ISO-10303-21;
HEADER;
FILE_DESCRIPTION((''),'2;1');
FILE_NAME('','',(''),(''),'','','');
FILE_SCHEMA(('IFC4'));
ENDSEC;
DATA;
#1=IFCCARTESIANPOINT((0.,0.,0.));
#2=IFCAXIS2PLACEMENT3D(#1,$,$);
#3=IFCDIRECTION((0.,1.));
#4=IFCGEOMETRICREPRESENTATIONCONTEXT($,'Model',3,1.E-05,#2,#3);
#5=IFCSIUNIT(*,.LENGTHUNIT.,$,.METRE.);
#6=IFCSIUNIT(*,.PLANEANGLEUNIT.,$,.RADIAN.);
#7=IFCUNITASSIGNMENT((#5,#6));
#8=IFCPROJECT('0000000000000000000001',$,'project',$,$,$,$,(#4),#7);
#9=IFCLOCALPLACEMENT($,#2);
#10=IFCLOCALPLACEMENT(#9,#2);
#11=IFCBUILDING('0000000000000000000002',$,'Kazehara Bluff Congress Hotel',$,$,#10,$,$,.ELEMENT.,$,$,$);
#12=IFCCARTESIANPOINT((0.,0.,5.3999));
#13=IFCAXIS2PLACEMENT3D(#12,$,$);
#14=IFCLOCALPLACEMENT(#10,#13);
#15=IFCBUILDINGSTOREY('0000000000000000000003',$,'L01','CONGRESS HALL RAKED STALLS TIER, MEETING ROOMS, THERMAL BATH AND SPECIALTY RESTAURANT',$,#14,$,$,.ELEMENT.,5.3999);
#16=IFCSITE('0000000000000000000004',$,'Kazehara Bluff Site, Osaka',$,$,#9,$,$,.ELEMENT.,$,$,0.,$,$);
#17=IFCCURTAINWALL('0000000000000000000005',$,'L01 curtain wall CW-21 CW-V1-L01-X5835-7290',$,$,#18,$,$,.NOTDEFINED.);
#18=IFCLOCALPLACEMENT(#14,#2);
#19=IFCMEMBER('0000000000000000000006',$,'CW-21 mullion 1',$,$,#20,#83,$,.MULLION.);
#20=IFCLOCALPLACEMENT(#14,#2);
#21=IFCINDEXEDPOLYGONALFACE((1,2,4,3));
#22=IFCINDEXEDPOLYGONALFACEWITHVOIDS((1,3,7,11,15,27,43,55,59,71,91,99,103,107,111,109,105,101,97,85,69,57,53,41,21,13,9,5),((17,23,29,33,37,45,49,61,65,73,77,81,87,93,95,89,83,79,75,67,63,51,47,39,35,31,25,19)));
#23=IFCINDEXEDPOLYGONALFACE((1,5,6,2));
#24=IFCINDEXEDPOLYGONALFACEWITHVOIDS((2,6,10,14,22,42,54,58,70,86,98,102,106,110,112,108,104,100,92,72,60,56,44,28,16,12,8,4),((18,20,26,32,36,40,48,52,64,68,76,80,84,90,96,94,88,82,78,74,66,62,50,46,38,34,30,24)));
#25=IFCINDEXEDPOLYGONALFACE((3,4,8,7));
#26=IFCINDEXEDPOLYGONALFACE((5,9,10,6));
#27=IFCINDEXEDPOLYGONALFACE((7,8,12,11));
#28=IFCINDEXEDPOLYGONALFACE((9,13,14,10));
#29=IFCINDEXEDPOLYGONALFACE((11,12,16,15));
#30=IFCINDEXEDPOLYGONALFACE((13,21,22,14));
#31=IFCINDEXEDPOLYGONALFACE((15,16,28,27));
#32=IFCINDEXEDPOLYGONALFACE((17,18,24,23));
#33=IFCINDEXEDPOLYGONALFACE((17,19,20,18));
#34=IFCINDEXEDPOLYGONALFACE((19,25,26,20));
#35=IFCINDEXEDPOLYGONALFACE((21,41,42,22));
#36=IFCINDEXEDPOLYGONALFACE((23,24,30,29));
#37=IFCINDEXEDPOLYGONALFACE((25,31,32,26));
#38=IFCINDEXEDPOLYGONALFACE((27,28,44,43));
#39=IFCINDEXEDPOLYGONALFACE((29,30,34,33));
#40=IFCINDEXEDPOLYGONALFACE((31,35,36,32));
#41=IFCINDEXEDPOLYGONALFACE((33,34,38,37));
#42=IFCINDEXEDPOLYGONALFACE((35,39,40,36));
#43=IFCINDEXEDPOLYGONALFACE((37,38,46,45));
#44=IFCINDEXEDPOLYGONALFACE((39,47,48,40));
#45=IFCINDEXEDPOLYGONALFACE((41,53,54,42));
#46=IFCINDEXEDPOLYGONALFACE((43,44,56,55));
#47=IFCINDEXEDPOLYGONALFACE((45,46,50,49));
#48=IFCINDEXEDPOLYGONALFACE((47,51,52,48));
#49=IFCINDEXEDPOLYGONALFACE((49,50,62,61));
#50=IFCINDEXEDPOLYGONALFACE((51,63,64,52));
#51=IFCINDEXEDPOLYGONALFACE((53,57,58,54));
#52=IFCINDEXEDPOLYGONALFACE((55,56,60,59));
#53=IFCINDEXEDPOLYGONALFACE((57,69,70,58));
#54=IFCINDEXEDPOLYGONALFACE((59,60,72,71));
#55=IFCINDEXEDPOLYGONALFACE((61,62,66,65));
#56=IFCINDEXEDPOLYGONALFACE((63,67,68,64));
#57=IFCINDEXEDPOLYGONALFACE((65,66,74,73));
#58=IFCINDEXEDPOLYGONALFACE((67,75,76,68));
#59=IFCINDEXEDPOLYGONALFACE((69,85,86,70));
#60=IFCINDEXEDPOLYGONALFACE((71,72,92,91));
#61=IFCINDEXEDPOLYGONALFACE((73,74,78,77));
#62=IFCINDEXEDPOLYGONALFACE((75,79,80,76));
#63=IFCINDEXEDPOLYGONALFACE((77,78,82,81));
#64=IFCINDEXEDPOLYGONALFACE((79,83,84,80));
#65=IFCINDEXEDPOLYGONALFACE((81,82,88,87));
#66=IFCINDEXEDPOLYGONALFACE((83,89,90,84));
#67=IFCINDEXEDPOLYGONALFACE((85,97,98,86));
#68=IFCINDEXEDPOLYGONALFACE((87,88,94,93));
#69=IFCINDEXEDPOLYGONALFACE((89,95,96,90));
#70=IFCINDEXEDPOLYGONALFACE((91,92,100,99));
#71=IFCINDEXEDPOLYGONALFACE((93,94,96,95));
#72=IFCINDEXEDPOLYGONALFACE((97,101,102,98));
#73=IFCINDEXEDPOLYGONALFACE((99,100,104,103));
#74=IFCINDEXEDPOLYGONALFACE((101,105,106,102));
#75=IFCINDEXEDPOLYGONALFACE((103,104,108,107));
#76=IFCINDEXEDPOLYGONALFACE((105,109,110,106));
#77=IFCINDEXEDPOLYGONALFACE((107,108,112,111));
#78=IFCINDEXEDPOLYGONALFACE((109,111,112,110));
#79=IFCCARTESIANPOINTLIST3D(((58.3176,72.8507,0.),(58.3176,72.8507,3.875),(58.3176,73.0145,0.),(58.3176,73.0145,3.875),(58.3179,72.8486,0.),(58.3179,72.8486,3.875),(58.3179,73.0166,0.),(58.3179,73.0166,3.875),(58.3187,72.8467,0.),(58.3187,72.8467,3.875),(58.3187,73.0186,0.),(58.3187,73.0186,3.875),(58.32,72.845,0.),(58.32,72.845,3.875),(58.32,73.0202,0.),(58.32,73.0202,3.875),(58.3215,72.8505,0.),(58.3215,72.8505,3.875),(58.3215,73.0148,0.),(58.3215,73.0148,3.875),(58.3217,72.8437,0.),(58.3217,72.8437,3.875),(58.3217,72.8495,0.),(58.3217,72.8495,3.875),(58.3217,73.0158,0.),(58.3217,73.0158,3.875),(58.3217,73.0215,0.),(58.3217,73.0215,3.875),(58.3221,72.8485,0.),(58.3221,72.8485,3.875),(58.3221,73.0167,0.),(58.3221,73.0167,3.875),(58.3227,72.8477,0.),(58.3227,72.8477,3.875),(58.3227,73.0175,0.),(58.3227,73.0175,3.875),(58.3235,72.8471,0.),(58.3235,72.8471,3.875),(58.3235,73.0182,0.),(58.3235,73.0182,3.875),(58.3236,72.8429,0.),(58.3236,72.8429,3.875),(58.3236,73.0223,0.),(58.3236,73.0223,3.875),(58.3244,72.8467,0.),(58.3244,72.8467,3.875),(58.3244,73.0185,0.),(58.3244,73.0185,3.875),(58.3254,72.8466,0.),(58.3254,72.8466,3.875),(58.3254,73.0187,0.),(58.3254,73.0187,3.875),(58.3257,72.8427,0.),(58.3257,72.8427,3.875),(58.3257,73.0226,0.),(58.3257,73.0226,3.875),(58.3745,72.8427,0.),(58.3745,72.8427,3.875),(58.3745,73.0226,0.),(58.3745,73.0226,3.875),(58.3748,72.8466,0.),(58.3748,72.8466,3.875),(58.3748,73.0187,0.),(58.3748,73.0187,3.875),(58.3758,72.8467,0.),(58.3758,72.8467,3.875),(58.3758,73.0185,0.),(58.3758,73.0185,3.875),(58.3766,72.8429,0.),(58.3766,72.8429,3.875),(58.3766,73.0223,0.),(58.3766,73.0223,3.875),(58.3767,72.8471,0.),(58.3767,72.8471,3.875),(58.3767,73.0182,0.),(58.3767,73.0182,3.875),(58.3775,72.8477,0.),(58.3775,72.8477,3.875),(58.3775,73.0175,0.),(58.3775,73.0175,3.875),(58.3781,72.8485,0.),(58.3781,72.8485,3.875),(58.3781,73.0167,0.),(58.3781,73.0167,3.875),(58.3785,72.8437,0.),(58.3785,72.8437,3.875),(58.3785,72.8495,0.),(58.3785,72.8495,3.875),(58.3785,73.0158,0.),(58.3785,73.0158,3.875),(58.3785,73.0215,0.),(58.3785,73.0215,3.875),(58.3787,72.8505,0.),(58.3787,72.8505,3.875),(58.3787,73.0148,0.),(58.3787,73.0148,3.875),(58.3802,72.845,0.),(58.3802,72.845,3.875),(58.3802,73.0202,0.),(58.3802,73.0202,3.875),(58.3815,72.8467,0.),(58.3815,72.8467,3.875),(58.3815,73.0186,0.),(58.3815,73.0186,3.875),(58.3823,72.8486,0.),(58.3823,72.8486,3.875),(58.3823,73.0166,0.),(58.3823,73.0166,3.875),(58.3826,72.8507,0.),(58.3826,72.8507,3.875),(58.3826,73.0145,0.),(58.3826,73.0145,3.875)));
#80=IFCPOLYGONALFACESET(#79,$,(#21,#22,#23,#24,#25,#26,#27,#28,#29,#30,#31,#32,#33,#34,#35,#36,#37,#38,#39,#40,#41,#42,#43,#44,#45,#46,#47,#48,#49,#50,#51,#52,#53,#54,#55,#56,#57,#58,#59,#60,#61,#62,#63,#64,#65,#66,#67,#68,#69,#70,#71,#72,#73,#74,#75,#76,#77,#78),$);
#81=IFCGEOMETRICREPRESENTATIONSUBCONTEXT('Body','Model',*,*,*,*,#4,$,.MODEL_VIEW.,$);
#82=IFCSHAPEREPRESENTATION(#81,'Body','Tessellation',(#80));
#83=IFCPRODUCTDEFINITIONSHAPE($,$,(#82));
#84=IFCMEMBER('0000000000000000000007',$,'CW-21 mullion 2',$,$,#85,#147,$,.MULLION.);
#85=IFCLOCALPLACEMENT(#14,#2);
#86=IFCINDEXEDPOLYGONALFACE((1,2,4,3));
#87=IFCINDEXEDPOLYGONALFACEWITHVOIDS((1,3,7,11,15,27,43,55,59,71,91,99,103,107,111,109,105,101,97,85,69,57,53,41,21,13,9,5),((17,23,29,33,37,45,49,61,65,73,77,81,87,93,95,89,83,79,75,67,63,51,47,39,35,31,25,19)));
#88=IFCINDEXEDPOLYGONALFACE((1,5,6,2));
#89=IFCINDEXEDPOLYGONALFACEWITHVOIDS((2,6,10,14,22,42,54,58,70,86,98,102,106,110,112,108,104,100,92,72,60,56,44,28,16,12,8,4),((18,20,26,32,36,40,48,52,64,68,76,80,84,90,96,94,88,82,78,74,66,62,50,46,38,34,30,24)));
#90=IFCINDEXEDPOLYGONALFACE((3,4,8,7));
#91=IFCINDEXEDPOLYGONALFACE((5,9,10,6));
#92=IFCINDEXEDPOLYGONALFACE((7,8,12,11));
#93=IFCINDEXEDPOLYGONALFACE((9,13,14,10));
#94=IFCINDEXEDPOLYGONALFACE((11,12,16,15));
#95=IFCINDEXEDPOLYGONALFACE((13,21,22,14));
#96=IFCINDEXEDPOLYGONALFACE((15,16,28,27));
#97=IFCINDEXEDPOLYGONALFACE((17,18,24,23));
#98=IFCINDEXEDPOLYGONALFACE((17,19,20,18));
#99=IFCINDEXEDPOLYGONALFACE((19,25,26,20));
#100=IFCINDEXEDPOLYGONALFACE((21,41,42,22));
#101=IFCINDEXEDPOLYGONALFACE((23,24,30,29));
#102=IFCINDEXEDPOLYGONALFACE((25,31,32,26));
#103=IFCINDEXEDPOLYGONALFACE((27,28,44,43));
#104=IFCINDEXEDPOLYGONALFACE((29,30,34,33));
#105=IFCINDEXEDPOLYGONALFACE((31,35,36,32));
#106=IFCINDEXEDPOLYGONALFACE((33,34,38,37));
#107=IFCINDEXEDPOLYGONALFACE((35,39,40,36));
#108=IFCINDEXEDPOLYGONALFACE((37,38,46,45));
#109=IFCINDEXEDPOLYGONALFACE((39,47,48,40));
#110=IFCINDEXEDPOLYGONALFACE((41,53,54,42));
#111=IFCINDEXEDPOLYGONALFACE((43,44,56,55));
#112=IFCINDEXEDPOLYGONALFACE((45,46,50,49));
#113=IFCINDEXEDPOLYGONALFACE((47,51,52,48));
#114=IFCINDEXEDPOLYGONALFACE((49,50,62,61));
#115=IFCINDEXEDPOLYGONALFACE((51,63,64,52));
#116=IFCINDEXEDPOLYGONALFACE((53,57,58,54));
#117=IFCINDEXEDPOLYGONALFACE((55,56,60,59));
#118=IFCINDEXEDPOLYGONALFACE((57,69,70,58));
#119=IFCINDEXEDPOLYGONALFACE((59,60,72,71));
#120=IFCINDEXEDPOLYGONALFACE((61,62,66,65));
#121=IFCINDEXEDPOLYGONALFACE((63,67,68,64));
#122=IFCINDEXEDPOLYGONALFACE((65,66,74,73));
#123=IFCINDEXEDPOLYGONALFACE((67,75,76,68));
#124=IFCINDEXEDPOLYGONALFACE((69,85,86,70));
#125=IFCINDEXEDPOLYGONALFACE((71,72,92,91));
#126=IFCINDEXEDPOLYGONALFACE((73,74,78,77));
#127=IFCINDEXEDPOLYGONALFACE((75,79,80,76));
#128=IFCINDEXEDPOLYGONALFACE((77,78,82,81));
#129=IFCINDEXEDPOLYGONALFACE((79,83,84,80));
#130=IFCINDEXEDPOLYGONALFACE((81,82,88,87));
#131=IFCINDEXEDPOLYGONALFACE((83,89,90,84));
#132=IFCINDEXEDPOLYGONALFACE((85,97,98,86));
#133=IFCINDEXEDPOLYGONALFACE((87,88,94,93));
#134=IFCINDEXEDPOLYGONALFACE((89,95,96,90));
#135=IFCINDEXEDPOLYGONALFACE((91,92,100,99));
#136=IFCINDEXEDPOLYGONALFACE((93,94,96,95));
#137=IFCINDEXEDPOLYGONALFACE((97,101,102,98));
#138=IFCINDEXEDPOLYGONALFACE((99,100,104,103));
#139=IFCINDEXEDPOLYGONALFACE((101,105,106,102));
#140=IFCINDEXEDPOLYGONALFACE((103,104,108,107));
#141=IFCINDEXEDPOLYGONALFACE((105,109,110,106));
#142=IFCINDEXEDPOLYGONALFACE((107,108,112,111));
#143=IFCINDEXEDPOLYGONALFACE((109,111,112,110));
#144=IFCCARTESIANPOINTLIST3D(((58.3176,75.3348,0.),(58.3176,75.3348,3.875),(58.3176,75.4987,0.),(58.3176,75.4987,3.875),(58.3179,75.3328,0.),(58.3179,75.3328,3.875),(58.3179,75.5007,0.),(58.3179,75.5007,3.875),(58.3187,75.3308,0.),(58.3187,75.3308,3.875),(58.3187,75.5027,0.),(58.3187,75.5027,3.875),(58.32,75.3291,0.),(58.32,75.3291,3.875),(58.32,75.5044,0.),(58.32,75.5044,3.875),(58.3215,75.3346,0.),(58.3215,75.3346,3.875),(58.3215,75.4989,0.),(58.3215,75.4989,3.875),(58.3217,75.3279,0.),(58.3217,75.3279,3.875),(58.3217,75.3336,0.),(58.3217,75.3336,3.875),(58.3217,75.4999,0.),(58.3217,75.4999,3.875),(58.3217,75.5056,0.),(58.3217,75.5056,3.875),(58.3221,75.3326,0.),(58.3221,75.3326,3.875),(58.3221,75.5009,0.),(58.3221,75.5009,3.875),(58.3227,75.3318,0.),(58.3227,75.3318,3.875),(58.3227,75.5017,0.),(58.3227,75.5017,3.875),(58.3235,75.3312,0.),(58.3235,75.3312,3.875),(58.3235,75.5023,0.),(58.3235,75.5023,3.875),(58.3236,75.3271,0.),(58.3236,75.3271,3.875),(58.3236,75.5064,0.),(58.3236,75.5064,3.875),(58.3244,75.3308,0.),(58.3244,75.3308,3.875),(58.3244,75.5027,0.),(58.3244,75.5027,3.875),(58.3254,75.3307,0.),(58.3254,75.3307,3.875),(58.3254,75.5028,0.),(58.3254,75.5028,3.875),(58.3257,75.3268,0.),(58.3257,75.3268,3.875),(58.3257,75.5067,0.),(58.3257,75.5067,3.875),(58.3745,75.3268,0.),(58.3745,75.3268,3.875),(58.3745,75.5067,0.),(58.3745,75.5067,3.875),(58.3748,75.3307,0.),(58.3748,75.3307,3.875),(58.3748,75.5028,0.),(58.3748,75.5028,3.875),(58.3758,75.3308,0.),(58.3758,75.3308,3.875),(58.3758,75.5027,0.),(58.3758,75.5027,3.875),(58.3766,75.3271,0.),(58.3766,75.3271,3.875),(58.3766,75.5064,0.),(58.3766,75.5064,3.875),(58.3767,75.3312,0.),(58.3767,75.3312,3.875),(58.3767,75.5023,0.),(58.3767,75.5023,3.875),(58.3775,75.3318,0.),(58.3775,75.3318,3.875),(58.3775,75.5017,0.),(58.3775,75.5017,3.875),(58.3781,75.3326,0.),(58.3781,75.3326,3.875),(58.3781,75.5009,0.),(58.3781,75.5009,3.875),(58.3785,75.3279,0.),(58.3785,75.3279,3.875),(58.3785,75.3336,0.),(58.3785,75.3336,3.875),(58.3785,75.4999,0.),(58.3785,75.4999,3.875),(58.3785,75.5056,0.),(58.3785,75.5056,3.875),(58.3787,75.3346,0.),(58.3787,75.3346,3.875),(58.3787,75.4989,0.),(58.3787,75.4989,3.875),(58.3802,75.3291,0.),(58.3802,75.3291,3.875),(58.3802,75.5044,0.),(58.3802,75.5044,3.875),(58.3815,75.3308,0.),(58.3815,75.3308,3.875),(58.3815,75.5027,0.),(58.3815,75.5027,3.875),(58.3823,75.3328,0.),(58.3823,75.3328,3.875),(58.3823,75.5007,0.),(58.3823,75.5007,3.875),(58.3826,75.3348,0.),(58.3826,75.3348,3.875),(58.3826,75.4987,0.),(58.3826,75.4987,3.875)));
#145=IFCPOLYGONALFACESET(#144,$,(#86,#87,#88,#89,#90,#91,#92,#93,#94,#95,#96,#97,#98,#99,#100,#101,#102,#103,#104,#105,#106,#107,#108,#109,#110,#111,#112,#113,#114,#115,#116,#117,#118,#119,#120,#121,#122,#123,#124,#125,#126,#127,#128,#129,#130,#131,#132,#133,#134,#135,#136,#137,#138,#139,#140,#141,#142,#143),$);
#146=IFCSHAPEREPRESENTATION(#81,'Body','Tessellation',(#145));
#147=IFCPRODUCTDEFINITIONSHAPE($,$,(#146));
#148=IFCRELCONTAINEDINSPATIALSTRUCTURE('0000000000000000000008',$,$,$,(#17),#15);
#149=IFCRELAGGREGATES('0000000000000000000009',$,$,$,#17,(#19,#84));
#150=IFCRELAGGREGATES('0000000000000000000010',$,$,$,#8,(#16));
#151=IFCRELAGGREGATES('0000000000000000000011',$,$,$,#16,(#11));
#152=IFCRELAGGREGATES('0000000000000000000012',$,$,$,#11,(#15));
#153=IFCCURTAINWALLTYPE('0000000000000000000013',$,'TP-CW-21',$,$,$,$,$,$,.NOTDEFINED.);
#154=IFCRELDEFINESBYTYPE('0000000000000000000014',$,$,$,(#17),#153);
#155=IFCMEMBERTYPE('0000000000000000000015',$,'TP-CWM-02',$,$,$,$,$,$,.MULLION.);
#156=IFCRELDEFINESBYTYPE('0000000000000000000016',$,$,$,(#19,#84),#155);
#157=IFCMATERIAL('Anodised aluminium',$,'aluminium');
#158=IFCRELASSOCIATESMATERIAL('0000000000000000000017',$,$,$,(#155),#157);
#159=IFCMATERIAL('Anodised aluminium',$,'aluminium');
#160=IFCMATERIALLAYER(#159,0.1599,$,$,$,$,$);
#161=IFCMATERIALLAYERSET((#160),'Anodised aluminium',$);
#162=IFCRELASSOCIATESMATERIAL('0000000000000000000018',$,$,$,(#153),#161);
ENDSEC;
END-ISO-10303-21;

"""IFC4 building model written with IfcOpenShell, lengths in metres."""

from ifc_helpers import new_model, si_unit, direction, frame, origin, origin_2d, place, context, subcontext, project, spatial, hollow_rectangle, extrude, material, layer, layer_set, material_profile, profile_set, type_object, element, aggregate, save


model = new_model("IFC4")

# Units and contexts
model_context = context("Model", 3, precision=1e-05, world=origin(), true_north=direction((0.0, 1.0)))
body_context = subcontext(model_context, "Body", "Model", "MODEL_VIEW")
ifc_project = project(units=[si_unit("LENGTHUNIT", "METRE"), si_unit("PLANEANGLEUNIT", "RADIAN")], contexts=[model_context])

# Site, building, storey
site_placement = place(None, origin())
site = spatial("IfcSite", under=ifc_project, at=site_placement, Name="Kazehara Bluff Site, Osaka", CompositionType="ELEMENT", RefElevation=0.0)
building_placement = place(site_placement, origin())
building = spatial("IfcBuilding", under=site, at=building_placement, Name="Kazehara Bluff Congress Hotel", CompositionType="ELEMENT")
storey_placement = place(building_placement, frame((0.0, 0.0, 5.3999)))
storey = spatial("IfcBuildingStorey", under=building, at=storey_placement, Name="L01", Description="CONGRESS HALL RAKED STALLS TIER, MEETING ROOMS, THERMAL BATH AND SPECIALTY RESTAURANT", CompositionType="ELEMENT", Elevation=5.3999)

# Curtain wall, members
ifc_material_1 = material(Name="Anodised aluminium", Category="aluminium")
ifc_material_profile_1 = material_profile(ifc_material_1, hollow_rectangle(XDim=0.0649, YDim=0.1799, WallThickness=0.0039, InnerFilletRadius=0.0039, OuterFilletRadius=0.0081, at=origin_2d()))
ifc_profile_set_1 = profile_set([ifc_material_profile_1], Name="Anodised aluminium")
member_type_1 = type_object("IfcMemberType", Name="TP-CWM-02", PredefinedType="MULLION", material=ifc_profile_set_1)
ifc_material_2 = material(Name="Anodised aluminium", Category="aluminium")
ifc_layer_1 = layer(ifc_material_2, 0.1599)
ifc_layer_set_1 = layer_set([ifc_layer_1], Name="Anodised aluminium")
curtain_wall_type_1 = type_object("IfcCurtainWallType", Name="TP-CW-21", PredefinedType="NOTDEFINED", material=ifc_layer_set_1)
curtain_wall_1_placement = place(storey_placement, origin())
curtain_wall_1 = element("IfcCurtainWall", 1, at=curtain_wall_1_placement, inside=storey, type_object=curtain_wall_type_1, Name="L01 curtain wall CW-21 CW-V1-L01-X5835-7290", PredefinedType="NOTDEFINED")
member_1_placement = place(storey_placement, frame((58.3501, 72.9326, 0.0), z_axis=(0.0, 0.0, 1.0), x_axis=(-1.0, 0.0, 0.0)))
member_1 = element("IfcMember", 2, at=member_1_placement, type_object=member_type_1, Name="CW-21 mullion 1", PredefinedType="MULLION", context=body_context, shape_type="SweptSolid", body=[
    extrude(hollow_rectangle(XDim=0.0649, YDim=0.1799, WallThickness=0.0039, InnerFilletRadius=0.0039, OuterFilletRadius=0.0081, at=origin_2d()), origin(), (0.0, 0.0, 1.0), 3.875),
])
member_2_placement = place(storey_placement, frame((58.3501, 75.4167, 0.0), z_axis=(0.0, 0.0, 1.0), x_axis=(-1.0, 0.0, 0.0)))
member_2 = element("IfcMember", 3, at=member_2_placement, type_object=member_type_1, Name="CW-21 mullion 2", PredefinedType="MULLION", context=body_context, shape_type="SweptSolid", body=[
    extrude(hollow_rectangle(XDim=0.0649, YDim=0.1799, WallThickness=0.0039, InnerFilletRadius=0.0039, OuterFilletRadius=0.0081, at=origin_2d()), origin(), (0.0, 0.0, 1.0), 3.875),
])

aggregate(curtain_wall_1, [member_1, member_2])

save(model, "model.ifc")
